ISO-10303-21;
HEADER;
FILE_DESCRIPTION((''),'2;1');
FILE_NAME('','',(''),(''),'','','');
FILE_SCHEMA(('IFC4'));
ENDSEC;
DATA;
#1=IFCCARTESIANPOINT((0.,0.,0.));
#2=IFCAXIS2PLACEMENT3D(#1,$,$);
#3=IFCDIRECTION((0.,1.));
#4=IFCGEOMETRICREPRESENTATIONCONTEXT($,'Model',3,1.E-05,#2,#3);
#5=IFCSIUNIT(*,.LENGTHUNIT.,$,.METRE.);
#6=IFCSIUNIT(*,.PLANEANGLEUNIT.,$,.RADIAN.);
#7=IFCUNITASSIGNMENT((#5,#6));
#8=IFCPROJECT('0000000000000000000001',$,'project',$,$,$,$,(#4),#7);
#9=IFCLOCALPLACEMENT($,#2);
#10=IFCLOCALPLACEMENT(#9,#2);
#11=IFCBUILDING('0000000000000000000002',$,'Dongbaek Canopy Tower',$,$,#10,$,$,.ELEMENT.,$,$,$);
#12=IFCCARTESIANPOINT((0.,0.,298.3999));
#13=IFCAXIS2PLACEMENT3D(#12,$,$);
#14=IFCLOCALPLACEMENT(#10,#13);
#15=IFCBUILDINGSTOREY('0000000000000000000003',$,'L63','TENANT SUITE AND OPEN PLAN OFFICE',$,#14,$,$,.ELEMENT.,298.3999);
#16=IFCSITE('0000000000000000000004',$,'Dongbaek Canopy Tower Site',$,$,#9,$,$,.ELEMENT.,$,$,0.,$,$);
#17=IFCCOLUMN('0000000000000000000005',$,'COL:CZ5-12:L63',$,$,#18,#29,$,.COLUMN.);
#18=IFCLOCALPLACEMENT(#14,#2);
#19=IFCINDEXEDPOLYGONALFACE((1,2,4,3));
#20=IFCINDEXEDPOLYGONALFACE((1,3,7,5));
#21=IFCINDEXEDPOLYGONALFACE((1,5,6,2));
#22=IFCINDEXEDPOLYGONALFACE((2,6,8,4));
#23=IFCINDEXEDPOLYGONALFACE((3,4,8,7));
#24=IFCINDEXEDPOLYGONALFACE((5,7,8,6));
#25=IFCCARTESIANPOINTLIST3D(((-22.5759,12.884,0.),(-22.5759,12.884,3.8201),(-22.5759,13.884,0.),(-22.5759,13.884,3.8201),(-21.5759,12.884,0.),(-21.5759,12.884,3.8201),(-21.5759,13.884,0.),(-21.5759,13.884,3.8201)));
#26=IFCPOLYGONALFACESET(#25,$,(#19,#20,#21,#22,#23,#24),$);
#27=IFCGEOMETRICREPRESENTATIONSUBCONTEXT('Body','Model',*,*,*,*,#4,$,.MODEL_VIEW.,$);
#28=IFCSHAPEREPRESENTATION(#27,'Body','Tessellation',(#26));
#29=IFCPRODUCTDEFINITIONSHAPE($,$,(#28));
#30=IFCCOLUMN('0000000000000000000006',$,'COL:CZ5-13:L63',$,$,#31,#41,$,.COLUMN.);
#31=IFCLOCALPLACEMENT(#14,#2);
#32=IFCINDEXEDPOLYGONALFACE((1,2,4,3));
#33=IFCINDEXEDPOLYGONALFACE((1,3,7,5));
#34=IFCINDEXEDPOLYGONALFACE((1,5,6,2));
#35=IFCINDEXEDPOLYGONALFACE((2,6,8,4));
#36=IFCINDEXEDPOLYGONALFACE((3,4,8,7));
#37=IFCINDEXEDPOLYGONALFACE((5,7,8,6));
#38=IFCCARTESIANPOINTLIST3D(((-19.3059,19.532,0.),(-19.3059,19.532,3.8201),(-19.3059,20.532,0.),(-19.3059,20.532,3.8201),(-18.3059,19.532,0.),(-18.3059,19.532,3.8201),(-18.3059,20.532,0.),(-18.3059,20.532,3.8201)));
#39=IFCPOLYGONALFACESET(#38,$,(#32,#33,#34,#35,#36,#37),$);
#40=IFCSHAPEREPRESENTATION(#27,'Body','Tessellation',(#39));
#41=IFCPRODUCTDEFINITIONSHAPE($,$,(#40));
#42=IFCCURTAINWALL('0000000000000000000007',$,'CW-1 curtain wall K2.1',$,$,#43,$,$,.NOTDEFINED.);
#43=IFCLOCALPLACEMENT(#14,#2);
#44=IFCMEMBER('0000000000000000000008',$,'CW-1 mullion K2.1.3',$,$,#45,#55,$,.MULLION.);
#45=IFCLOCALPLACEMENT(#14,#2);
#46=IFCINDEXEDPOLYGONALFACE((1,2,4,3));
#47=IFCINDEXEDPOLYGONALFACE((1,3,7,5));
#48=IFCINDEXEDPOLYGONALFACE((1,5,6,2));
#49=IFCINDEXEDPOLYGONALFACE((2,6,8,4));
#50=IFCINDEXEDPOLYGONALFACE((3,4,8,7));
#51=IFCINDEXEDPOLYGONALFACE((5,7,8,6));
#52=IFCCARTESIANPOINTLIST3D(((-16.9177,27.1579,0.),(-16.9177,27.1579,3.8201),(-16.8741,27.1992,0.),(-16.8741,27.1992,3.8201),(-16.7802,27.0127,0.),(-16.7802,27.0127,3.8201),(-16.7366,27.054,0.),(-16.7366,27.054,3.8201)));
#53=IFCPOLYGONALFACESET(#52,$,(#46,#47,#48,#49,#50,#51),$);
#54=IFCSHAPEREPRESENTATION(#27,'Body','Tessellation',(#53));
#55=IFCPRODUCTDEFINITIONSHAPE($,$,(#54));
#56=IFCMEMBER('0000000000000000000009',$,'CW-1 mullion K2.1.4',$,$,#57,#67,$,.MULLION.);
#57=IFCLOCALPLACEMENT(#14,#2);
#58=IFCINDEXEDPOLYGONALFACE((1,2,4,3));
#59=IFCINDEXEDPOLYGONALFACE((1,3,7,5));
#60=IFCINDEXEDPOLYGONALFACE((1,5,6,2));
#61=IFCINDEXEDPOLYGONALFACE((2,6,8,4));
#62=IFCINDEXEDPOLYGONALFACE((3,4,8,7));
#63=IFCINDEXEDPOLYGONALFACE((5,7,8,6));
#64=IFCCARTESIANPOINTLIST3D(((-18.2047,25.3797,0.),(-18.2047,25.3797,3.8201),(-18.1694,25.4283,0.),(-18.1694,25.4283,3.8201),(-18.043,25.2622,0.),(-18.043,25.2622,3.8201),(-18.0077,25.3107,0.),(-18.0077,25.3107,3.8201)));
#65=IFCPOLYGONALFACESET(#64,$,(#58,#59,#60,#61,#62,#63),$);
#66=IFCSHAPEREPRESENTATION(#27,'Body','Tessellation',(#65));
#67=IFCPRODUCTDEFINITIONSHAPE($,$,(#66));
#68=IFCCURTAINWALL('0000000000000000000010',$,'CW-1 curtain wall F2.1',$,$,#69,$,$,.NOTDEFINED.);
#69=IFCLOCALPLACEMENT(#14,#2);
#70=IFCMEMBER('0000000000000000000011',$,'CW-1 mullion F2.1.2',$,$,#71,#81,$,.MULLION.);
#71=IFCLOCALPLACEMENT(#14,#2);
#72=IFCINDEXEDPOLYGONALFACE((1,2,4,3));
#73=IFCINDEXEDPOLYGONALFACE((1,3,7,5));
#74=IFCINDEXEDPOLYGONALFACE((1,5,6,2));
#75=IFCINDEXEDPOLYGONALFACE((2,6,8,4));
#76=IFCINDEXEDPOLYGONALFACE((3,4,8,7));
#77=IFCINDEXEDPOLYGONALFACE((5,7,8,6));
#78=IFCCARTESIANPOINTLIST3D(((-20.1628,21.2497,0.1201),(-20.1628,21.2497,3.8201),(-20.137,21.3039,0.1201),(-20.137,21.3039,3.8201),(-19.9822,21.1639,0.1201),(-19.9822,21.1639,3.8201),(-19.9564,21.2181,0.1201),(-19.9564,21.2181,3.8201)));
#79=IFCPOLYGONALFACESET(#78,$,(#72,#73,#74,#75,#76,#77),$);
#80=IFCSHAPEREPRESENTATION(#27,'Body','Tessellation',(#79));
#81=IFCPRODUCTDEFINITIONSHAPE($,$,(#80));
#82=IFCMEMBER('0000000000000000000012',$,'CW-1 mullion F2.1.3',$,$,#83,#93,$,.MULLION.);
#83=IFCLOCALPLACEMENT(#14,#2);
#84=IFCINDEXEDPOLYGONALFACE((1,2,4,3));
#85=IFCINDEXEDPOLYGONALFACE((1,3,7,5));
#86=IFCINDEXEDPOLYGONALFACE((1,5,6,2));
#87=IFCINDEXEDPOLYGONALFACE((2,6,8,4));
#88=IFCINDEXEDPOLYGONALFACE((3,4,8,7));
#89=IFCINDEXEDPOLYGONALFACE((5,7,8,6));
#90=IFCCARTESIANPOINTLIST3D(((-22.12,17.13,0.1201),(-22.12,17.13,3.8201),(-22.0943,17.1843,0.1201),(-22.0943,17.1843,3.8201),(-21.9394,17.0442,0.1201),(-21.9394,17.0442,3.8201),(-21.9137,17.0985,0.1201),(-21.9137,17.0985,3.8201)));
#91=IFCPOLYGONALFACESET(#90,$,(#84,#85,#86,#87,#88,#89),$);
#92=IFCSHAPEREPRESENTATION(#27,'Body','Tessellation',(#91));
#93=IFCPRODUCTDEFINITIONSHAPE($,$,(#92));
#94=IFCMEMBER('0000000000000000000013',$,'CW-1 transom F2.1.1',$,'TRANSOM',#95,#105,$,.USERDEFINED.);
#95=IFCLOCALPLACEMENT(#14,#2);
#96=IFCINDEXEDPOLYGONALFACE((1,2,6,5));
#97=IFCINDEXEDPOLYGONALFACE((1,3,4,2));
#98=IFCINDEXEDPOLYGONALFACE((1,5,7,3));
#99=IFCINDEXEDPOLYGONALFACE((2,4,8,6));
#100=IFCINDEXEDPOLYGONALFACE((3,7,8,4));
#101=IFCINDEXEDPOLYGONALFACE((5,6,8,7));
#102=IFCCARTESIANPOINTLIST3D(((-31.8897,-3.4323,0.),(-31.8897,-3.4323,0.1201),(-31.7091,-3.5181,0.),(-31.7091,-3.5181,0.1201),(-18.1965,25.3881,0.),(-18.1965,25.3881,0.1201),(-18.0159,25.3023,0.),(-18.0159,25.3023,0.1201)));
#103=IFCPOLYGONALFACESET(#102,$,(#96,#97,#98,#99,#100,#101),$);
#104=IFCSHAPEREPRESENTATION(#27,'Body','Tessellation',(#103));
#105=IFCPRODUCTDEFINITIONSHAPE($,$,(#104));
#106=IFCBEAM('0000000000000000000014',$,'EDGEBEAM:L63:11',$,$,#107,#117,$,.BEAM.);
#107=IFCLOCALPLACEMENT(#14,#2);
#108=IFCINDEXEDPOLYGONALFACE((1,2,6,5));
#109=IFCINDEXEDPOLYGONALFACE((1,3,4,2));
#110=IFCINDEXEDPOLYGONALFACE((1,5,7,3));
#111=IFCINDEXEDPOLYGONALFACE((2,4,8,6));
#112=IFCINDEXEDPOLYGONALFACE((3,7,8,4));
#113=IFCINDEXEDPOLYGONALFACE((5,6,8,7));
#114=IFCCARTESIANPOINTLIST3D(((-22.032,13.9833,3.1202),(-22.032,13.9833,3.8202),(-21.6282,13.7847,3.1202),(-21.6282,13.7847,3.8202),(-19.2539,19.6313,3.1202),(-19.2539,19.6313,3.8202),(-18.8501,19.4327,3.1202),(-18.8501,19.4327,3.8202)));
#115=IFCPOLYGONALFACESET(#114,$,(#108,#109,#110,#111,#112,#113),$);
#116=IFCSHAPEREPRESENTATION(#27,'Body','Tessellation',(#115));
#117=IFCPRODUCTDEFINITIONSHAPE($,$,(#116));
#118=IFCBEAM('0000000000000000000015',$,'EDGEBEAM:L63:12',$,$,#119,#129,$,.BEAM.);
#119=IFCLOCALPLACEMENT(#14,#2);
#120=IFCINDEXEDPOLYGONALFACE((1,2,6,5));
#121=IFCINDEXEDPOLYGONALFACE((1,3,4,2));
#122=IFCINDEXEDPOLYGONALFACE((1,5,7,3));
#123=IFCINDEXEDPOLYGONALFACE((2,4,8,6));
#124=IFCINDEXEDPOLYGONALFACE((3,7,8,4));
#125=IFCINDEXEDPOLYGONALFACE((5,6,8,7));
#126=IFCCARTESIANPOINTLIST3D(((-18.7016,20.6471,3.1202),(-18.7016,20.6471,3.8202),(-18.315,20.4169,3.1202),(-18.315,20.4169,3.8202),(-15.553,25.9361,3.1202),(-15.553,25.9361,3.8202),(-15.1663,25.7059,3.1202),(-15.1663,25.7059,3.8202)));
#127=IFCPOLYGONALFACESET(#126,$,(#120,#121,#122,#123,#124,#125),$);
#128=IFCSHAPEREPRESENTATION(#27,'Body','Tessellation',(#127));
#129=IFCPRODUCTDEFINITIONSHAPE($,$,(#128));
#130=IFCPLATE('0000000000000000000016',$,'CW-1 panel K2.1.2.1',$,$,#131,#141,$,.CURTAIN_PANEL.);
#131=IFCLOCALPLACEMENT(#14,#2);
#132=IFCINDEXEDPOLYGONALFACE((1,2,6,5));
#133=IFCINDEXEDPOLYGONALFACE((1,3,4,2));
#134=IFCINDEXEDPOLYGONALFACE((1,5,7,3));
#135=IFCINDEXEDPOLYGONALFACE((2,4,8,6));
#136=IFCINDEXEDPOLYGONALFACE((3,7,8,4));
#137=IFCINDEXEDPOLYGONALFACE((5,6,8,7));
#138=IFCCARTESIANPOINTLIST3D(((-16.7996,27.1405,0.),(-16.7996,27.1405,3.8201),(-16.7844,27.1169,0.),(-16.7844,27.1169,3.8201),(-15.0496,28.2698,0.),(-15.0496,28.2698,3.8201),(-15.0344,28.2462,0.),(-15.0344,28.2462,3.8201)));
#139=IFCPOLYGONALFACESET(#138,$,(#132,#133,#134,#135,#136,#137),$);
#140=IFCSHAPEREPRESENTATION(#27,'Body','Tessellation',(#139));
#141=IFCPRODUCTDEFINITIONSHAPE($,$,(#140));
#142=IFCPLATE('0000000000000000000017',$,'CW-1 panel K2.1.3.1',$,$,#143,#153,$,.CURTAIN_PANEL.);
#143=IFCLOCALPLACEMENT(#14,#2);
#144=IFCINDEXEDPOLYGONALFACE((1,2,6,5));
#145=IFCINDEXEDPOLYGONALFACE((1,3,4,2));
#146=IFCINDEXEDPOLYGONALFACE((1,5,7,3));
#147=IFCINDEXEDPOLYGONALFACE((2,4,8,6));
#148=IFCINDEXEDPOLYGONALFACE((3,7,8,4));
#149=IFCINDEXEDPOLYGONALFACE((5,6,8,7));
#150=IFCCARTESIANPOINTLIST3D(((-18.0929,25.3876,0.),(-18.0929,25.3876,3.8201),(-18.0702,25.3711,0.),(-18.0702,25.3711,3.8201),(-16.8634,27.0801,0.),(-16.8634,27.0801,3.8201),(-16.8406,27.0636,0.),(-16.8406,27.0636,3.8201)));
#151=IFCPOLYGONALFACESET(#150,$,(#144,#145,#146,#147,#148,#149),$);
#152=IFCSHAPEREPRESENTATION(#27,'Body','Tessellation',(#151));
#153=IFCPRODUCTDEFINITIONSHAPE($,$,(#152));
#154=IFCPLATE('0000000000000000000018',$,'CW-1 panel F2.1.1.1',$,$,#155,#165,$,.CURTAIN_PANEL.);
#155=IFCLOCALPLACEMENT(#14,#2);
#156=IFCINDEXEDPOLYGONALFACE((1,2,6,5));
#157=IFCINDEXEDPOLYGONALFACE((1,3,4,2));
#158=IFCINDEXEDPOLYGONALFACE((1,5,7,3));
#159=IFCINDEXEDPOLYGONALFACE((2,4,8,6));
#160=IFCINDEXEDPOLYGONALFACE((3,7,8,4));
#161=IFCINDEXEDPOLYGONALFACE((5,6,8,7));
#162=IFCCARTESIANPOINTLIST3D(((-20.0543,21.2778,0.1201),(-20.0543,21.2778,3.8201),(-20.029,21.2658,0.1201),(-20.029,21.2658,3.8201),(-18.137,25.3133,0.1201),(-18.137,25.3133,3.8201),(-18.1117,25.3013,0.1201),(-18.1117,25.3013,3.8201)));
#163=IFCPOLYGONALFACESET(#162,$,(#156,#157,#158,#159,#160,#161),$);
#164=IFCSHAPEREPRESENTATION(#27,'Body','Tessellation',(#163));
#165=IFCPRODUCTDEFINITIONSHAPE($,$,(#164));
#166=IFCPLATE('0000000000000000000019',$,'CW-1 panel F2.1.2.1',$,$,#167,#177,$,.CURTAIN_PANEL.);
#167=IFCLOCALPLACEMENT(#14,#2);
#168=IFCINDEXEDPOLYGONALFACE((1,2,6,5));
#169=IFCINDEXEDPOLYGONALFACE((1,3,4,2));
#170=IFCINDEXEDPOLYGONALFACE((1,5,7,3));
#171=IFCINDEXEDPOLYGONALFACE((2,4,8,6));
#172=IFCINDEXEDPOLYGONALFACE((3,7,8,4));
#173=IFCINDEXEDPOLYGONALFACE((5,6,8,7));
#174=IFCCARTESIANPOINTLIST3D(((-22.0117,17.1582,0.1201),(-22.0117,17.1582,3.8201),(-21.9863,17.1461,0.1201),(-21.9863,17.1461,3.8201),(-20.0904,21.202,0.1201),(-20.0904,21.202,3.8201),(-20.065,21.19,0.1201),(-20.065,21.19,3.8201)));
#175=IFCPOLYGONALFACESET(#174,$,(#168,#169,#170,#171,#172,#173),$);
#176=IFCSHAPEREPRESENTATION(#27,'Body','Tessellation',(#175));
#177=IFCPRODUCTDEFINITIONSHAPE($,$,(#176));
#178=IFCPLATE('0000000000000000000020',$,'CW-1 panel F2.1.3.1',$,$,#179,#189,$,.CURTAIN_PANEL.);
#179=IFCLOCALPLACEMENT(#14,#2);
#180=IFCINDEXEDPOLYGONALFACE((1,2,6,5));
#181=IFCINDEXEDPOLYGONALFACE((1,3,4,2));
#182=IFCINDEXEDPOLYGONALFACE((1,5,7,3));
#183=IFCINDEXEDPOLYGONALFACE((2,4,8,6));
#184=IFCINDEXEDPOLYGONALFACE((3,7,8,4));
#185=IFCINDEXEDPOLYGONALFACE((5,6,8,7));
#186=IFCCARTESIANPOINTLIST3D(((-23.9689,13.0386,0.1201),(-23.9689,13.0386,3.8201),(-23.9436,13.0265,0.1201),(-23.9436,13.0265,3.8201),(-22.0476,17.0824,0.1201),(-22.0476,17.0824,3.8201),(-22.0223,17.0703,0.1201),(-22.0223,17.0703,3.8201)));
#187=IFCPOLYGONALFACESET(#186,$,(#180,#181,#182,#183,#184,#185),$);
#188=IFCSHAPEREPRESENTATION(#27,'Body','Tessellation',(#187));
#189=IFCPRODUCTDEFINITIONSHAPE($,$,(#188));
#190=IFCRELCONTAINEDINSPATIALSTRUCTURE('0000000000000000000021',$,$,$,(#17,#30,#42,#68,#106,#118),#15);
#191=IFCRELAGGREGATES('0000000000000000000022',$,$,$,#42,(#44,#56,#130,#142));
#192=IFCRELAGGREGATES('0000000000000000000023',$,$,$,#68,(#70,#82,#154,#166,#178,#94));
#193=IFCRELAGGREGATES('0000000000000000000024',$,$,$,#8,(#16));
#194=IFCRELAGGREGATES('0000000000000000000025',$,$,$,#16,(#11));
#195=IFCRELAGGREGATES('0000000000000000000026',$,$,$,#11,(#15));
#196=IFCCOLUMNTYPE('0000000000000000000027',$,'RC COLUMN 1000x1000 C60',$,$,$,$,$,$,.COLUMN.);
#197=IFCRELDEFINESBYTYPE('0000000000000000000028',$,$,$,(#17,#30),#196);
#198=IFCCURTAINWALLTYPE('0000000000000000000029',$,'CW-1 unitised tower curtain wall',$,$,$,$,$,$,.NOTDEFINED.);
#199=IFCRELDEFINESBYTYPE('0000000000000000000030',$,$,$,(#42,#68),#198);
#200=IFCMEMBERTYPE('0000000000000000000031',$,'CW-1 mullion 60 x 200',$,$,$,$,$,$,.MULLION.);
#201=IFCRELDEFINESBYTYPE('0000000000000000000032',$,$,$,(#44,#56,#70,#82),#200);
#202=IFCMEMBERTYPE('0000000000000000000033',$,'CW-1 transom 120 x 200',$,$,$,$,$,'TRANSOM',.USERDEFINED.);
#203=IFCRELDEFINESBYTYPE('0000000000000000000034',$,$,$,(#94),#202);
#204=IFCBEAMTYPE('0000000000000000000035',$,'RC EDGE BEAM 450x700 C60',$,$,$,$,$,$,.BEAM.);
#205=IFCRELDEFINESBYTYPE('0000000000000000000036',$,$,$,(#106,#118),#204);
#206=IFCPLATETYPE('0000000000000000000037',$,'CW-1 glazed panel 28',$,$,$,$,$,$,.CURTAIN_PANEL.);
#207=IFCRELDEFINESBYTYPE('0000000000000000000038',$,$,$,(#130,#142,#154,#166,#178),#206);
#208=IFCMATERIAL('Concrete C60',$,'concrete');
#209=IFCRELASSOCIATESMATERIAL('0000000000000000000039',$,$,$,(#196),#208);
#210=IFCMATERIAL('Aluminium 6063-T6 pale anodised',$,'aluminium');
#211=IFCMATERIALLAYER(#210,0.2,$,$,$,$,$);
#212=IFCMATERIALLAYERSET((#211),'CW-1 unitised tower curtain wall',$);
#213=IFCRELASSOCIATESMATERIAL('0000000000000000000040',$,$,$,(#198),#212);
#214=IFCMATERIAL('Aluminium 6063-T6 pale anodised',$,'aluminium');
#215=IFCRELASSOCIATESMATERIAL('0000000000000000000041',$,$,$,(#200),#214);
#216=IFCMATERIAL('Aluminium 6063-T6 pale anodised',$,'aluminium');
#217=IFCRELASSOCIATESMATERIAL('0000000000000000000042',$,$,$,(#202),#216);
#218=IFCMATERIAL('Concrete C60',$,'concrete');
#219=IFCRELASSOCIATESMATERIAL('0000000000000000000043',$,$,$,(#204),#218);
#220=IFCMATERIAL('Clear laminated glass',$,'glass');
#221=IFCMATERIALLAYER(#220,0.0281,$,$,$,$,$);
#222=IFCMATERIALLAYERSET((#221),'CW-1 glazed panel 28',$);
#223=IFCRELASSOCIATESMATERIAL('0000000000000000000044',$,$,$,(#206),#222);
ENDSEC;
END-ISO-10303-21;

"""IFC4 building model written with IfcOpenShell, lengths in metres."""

from ifc_helpers import new_model, si_unit, direction, frame, origin, origin_2d, place, context, subcontext, project, spatial, rectangle, extrude, material, layer, layer_set, material_profile, profile_set, type_object, element, aggregate, save


model = new_model("IFC4")

# Units and contexts
model_context = context("Model", 3, precision=1e-05, world=origin(), true_north=direction((0.0, 1.0)))
body_context = subcontext(model_context, "Body", "Model", "MODEL_VIEW")
ifc_project = project(units=[si_unit("LENGTHUNIT", "METRE"), si_unit("PLANEANGLEUNIT", "RADIAN")], contexts=[model_context])

# Site, building, storey
site_placement = place(None, origin())
site = spatial("IfcSite", under=ifc_project, at=site_placement, Name="Dongbaek Canopy Tower Site", CompositionType="ELEMENT", RefElevation=0.0)
building_placement = place(site_placement, origin())
building = spatial("IfcBuilding", under=site, at=building_placement, Name="Dongbaek Canopy Tower", CompositionType="ELEMENT")
storey_placement = place(building_placement, frame((0.0, 0.0, 298.3999)))
storey = spatial("IfcBuildingStorey", under=building, at=storey_placement, Name="L63", Description="TENANT SUITE AND OPEN PLAN OFFICE", CompositionType="ELEMENT", Elevation=298.3999)

# Columns
ifc_material_1 = material(Name="Concrete C60", Category="concrete")
ifc_material_profile_1 = material_profile(ifc_material_1, rectangle(XDim=1.0, YDim=1.0, at=origin_2d()), Name="RC COLUMN 1000x1000 C60")
ifc_profile_set_1 = profile_set([ifc_material_profile_1], Name="Concrete C60")
column_type = type_object("IfcColumnType", Name="RC COLUMN 1000x1000 C60", PredefinedType="COLUMN", material=ifc_profile_set_1)
for number, where, z_axis, x_axis, name in (
    (1, (-22.0759, 13.384, 0.0), (0.0, 0.0, 1.0), (1.0, 0.0, 0.0), "COL:CZ5-12:L63"),
    (2, (-18.8059, 20.032, 0.0), (0.0, 0.0, 1.0), (1.0, 0.0, 0.0), "COL:CZ5-13:L63"),
):
    element("IfcColumn", number, at=place(storey_placement, frame(where, z_axis=z_axis, x_axis=x_axis)), inside=storey, type_object=column_type, Name=name, PredefinedType="COLUMN", context=body_context, shape_type="SweptSolid", body=[
        extrude(rectangle(XDim=1.0, YDim=1.0, at=origin_2d()), origin(), (0.0, 0.0, 1.0), 3.8201),
    ])

# Curtain walls, members
ifc_material_2 = material(Name="Aluminium 6063-T6 pale anodised", Category="aluminium")
ifc_layer_1 = layer(ifc_material_2, 0.2)
ifc_layer_set_1 = layer_set([ifc_layer_1], Name="CW-1 unitised tower curtain wall")
curtain_wall_type = type_object("IfcCurtainWallType", Name="CW-1 unitised tower curtain wall", PredefinedType="NOTDEFINED", material=ifc_layer_set_1)
curtain_wall_1_placement = place(storey_placement, origin())
curtain_wall_1 = element("IfcCurtainWall", 3, at=curtain_wall_1_placement, inside=storey, type_object=curtain_wall_type, Name="CW-1 curtain wall K2.1", PredefinedType="NOTDEFINED")
ifc_material_3 = material(Name="Aluminium 6063-T6 pale anodised", Category="aluminium")
ifc_material_profile_2 = material_profile(ifc_material_3, rectangle(XDim=0.2, YDim=0.0601, at=origin_2d()), Name="CW-1 mullion 60 x 200")
ifc_profile_set_2 = profile_set([ifc_material_profile_2], Name="Aluminium 6063-T6 pale anodised")
member_type_1 = type_object("IfcMemberType", Name="CW-1 mullion 60 x 200", PredefinedType="MULLION", material=ifc_profile_set_2)
member_1_placement = place(storey_placement, frame((-16.8271, 27.106, 0.0), z_axis=(0.0, 0.0, 1.0), x_axis=(-0.687328, 0.726347, 0.0)))
member_1 = element("IfcMember", 4, at=member_1_placement, type_object=member_type_1, Name="CW-1 mullion K2.1.3", PredefinedType="MULLION", context=body_context, shape_type="SweptSolid", body=[
    extrude(rectangle(XDim=0.2, YDim=0.0601, at=origin_2d()), origin(), (0.0, 0.0, 1.0), 3.8201),
])
member_2_placement = place(storey_placement, frame((-18.1062, 25.3452, 0.0), z_axis=(0.0, 0.0, 1.0), x_axis=(-0.809046, 0.587745, 0.0)))
member_2 = element("IfcMember", 5, at=member_2_placement, type_object=member_type_1, Name="CW-1 mullion K2.1.4", PredefinedType="MULLION", context=body_context, shape_type="SweptSolid", body=[
    extrude(rectangle(XDim=0.2, YDim=0.0601, at=origin_2d()), origin(), (0.0, 0.0, 1.0), 3.8201),
])
curtain_wall_2_placement = place(storey_placement, origin())
curtain_wall_2 = element("IfcCurtainWall", 6, at=curtain_wall_2_placement, inside=storey, type_object=curtain_wall_type, Name="CW-1 curtain wall F2.1", PredefinedType="NOTDEFINED")
member_3_placement = place(storey_placement, frame((-20.0596, 21.2339, 0.1201), z_axis=(0.0, 0.0, 1.0), x_axis=(-0.903236, 0.429143, 0.0)))
member_3 = element("IfcMember", 7, at=member_3_placement, type_object=member_type_1, Name="CW-1 mullion F2.1.2", PredefinedType="MULLION", context=body_context, shape_type="SweptSolid", body=[
    extrude(rectangle(XDim=0.2, YDim=0.0601, at=origin_2d()), origin(), (0.0, 0.0, 1.0), 3.7),
])
member_4_placement = place(storey_placement, frame((-22.0168, 17.1143, 0.1201), z_axis=(0.0, 0.0, 1.0), x_axis=(-0.903236, 0.429143, 0.0)))
member_4 = element("IfcMember", 8, at=member_4_placement, type_object=member_type_1, Name="CW-1 mullion F2.1.3", PredefinedType="MULLION", context=body_context, shape_type="SweptSolid", body=[
    extrude(rectangle(XDim=0.2, YDim=0.0601, at=origin_2d()), origin(), (0.0, 0.0, 1.0), 3.7),
])
ifc_material_4 = material(Name="Aluminium 6063-T6 pale anodised", Category="aluminium")
ifc_material_profile_3 = material_profile(ifc_material_4, rectangle(XDim=0.2, YDim=0.1201, at=origin_2d()), Name="CW-1 transom 120 x 200")
ifc_profile_set_3 = profile_set([ifc_material_profile_3], Name="Aluminium 6063-T6 pale anodised")
member_type_2 = type_object("IfcMemberType", Name="CW-1 transom 120 x 200", ElementType="TRANSOM", PredefinedType="USERDEFINED", material=ifc_profile_set_3)
member_5_placement = place(storey_placement, frame((-18.1062, 25.3452, 0.0601), z_axis=(-0.429145, -0.903235, 0.0), x_axis=(0.903235, -0.429145, 0.0)))
member_5 = element("IfcMember", 9, at=member_5_placement, type_object=member_type_2, Name="CW-1 transom F2.1.1", ObjectType="TRANSOM", PredefinedType="USERDEFINED", context=body_context, shape_type="SweptSolid", body=[
    extrude(rectangle(XDim=0.2, YDim=0.1201, at=origin_2d()), origin(), (0.0, 0.0, 1.0), 31.908),
])

# Beams
ifc_material_5 = material(Name="Concrete C60", Category="concrete")
ifc_material_profile_4 = material_profile(ifc_material_5, rectangle(XDim=0.45, YDim=0.7, at=origin_2d()), Name="RC EDGE BEAM 450x700 C60")
ifc_profile_set_4 = profile_set([ifc_material_profile_4], Name="Concrete C60")
beam_type = type_object("IfcBeamType", Name="RC EDGE BEAM 450x700 C60", PredefinedType="BEAM", material=ifc_profile_set_4)
beam_1_placement = place(storey_placement, frame((-21.8301, 13.884, 3.4702), z_axis=(0.44137, 0.897325, 0.0), x_axis=(-0.897325, 0.44137, 0.0)))
element("IfcBeam", 10, at=beam_1_placement, inside=storey, type_object=beam_type, Name="EDGEBEAM:L63:11", PredefinedType="BEAM", context=body_context, shape_type="SweptSolid", body=[
    extrude(rectangle(XDim=0.45, YDim=0.7, at=origin_2d()), origin(), (0.0, 0.0, 1.0), 6.2942),
])
beam_2_placement = place(storey_placement, frame((-18.5083, 20.532, 3.4702), z_axis=(0.511535, 0.859262, 0.0), x_axis=(-0.859262, 0.511535, 0.0)))
element("IfcBeam", 11, at=beam_2_placement, inside=storey, type_object=beam_type, Name="EDGEBEAM:L63:12", PredefinedType="BEAM", context=body_context, shape_type="SweptSolid", body=[
    extrude(rectangle(XDim=0.45, YDim=0.7, at=origin_2d()), origin(), (0.0, 0.0, 1.0), 6.1553),
])

# Plates
ifc_material_6 = material(Name="Clear laminated glass", Category="glass")
ifc_layer_2 = layer(ifc_material_6, 0.0281)
ifc_layer_set_2 = layer_set([ifc_layer_2], Name="CW-1 glazed panel 28")
plate_type = type_object("IfcPlateType", Name="CW-1 glazed panel 28", PredefinedType="CURTAIN_PANEL", material=ifc_layer_set_2)
plate_1_placement = place(storey_placement, frame((-15.917, 27.6934, 0.0), z_axis=(0.0, 0.0, 1.0), x_axis=(-0.840235, -0.542222, 0.0)))
plate_1 = element("IfcPlate", 12, at=plate_1_placement, type_object=plate_type, Name="CW-1 panel K2.1.2.1", PredefinedType="CURTAIN_PANEL", context=body_context, shape_type="SweptSolid", body=[
    extrude(rectangle(XDim=2.0828, YDim=0.0281, at=origin_2d()), origin(), (0.0, 0.0, 1.0), 3.8201),
])
plate_2_placement = place(storey_placement, frame((-17.4668, 26.2256, 0.0), z_axis=(0.0, 0.0, 1.0), x_axis=(-0.587745, -0.809046, 0.0)))
plate_2 = element("IfcPlate", 13, at=plate_2_placement, type_object=plate_type, Name="CW-1 panel K2.1.3.1", PredefinedType="CURTAIN_PANEL", context=body_context, shape_type="SweptSolid", body=[
    extrude(rectangle(XDim=2.092, YDim=0.0281, at=origin_2d()), origin(), (0.0, 0.0, 1.0), 3.8201),
])
aggregate(curtain_wall_1, [member_1, member_2, plate_1, plate_2])
plate_3_placement = place(storey_placement, frame((-19.083, 23.2896, 0.1201), z_axis=(0.0, 0.0, 1.0), x_axis=(-0.429143, -0.903236, 0.0)))
plate_3 = element("IfcPlate", 14, at=plate_3_placement, type_object=plate_type, Name="CW-1 panel F2.1.1.1", PredefinedType="CURTAIN_PANEL", context=body_context, shape_type="SweptSolid", body=[
    extrude(rectangle(XDim=4.4678, YDim=0.0281, at=origin_2d()), origin(), (0.0, 0.0, 1.0), 3.7),
])
plate_4_placement = place(storey_placement, frame((-21.0383, 19.1741, 0.1201), z_axis=(0.0, 0.0, 1.0), x_axis=(-0.429143, -0.903236, 0.0)))
plate_4 = element("IfcPlate", 15, at=plate_4_placement, type_object=plate_type, Name="CW-1 panel F2.1.2.1", PredefinedType="CURTAIN_PANEL", context=body_context, shape_type="SweptSolid", body=[
    extrude(rectangle(XDim=4.4771, YDim=0.0281, at=origin_2d()), origin(), (0.0, 0.0, 1.0), 3.7),
])
plate_5_placement = place(storey_placement, frame((-22.9956, 15.0544, 0.1201), z_axis=(0.0, 0.0, 1.0), x_axis=(-0.429143, -0.903236, 0.0)))
plate_5 = element("IfcPlate", 16, at=plate_5_placement, type_object=plate_type, Name="CW-1 panel F2.1.3.1", PredefinedType="CURTAIN_PANEL", context=body_context, shape_type="SweptSolid", body=[
    extrude(rectangle(XDim=4.4771, YDim=0.0281, at=origin_2d()), origin(), (0.0, 0.0, 1.0), 3.7),
])

aggregate(curtain_wall_2, [member_3, member_4, plate_3, plate_4, plate_5, member_5])

save(model, "model.ifc")
